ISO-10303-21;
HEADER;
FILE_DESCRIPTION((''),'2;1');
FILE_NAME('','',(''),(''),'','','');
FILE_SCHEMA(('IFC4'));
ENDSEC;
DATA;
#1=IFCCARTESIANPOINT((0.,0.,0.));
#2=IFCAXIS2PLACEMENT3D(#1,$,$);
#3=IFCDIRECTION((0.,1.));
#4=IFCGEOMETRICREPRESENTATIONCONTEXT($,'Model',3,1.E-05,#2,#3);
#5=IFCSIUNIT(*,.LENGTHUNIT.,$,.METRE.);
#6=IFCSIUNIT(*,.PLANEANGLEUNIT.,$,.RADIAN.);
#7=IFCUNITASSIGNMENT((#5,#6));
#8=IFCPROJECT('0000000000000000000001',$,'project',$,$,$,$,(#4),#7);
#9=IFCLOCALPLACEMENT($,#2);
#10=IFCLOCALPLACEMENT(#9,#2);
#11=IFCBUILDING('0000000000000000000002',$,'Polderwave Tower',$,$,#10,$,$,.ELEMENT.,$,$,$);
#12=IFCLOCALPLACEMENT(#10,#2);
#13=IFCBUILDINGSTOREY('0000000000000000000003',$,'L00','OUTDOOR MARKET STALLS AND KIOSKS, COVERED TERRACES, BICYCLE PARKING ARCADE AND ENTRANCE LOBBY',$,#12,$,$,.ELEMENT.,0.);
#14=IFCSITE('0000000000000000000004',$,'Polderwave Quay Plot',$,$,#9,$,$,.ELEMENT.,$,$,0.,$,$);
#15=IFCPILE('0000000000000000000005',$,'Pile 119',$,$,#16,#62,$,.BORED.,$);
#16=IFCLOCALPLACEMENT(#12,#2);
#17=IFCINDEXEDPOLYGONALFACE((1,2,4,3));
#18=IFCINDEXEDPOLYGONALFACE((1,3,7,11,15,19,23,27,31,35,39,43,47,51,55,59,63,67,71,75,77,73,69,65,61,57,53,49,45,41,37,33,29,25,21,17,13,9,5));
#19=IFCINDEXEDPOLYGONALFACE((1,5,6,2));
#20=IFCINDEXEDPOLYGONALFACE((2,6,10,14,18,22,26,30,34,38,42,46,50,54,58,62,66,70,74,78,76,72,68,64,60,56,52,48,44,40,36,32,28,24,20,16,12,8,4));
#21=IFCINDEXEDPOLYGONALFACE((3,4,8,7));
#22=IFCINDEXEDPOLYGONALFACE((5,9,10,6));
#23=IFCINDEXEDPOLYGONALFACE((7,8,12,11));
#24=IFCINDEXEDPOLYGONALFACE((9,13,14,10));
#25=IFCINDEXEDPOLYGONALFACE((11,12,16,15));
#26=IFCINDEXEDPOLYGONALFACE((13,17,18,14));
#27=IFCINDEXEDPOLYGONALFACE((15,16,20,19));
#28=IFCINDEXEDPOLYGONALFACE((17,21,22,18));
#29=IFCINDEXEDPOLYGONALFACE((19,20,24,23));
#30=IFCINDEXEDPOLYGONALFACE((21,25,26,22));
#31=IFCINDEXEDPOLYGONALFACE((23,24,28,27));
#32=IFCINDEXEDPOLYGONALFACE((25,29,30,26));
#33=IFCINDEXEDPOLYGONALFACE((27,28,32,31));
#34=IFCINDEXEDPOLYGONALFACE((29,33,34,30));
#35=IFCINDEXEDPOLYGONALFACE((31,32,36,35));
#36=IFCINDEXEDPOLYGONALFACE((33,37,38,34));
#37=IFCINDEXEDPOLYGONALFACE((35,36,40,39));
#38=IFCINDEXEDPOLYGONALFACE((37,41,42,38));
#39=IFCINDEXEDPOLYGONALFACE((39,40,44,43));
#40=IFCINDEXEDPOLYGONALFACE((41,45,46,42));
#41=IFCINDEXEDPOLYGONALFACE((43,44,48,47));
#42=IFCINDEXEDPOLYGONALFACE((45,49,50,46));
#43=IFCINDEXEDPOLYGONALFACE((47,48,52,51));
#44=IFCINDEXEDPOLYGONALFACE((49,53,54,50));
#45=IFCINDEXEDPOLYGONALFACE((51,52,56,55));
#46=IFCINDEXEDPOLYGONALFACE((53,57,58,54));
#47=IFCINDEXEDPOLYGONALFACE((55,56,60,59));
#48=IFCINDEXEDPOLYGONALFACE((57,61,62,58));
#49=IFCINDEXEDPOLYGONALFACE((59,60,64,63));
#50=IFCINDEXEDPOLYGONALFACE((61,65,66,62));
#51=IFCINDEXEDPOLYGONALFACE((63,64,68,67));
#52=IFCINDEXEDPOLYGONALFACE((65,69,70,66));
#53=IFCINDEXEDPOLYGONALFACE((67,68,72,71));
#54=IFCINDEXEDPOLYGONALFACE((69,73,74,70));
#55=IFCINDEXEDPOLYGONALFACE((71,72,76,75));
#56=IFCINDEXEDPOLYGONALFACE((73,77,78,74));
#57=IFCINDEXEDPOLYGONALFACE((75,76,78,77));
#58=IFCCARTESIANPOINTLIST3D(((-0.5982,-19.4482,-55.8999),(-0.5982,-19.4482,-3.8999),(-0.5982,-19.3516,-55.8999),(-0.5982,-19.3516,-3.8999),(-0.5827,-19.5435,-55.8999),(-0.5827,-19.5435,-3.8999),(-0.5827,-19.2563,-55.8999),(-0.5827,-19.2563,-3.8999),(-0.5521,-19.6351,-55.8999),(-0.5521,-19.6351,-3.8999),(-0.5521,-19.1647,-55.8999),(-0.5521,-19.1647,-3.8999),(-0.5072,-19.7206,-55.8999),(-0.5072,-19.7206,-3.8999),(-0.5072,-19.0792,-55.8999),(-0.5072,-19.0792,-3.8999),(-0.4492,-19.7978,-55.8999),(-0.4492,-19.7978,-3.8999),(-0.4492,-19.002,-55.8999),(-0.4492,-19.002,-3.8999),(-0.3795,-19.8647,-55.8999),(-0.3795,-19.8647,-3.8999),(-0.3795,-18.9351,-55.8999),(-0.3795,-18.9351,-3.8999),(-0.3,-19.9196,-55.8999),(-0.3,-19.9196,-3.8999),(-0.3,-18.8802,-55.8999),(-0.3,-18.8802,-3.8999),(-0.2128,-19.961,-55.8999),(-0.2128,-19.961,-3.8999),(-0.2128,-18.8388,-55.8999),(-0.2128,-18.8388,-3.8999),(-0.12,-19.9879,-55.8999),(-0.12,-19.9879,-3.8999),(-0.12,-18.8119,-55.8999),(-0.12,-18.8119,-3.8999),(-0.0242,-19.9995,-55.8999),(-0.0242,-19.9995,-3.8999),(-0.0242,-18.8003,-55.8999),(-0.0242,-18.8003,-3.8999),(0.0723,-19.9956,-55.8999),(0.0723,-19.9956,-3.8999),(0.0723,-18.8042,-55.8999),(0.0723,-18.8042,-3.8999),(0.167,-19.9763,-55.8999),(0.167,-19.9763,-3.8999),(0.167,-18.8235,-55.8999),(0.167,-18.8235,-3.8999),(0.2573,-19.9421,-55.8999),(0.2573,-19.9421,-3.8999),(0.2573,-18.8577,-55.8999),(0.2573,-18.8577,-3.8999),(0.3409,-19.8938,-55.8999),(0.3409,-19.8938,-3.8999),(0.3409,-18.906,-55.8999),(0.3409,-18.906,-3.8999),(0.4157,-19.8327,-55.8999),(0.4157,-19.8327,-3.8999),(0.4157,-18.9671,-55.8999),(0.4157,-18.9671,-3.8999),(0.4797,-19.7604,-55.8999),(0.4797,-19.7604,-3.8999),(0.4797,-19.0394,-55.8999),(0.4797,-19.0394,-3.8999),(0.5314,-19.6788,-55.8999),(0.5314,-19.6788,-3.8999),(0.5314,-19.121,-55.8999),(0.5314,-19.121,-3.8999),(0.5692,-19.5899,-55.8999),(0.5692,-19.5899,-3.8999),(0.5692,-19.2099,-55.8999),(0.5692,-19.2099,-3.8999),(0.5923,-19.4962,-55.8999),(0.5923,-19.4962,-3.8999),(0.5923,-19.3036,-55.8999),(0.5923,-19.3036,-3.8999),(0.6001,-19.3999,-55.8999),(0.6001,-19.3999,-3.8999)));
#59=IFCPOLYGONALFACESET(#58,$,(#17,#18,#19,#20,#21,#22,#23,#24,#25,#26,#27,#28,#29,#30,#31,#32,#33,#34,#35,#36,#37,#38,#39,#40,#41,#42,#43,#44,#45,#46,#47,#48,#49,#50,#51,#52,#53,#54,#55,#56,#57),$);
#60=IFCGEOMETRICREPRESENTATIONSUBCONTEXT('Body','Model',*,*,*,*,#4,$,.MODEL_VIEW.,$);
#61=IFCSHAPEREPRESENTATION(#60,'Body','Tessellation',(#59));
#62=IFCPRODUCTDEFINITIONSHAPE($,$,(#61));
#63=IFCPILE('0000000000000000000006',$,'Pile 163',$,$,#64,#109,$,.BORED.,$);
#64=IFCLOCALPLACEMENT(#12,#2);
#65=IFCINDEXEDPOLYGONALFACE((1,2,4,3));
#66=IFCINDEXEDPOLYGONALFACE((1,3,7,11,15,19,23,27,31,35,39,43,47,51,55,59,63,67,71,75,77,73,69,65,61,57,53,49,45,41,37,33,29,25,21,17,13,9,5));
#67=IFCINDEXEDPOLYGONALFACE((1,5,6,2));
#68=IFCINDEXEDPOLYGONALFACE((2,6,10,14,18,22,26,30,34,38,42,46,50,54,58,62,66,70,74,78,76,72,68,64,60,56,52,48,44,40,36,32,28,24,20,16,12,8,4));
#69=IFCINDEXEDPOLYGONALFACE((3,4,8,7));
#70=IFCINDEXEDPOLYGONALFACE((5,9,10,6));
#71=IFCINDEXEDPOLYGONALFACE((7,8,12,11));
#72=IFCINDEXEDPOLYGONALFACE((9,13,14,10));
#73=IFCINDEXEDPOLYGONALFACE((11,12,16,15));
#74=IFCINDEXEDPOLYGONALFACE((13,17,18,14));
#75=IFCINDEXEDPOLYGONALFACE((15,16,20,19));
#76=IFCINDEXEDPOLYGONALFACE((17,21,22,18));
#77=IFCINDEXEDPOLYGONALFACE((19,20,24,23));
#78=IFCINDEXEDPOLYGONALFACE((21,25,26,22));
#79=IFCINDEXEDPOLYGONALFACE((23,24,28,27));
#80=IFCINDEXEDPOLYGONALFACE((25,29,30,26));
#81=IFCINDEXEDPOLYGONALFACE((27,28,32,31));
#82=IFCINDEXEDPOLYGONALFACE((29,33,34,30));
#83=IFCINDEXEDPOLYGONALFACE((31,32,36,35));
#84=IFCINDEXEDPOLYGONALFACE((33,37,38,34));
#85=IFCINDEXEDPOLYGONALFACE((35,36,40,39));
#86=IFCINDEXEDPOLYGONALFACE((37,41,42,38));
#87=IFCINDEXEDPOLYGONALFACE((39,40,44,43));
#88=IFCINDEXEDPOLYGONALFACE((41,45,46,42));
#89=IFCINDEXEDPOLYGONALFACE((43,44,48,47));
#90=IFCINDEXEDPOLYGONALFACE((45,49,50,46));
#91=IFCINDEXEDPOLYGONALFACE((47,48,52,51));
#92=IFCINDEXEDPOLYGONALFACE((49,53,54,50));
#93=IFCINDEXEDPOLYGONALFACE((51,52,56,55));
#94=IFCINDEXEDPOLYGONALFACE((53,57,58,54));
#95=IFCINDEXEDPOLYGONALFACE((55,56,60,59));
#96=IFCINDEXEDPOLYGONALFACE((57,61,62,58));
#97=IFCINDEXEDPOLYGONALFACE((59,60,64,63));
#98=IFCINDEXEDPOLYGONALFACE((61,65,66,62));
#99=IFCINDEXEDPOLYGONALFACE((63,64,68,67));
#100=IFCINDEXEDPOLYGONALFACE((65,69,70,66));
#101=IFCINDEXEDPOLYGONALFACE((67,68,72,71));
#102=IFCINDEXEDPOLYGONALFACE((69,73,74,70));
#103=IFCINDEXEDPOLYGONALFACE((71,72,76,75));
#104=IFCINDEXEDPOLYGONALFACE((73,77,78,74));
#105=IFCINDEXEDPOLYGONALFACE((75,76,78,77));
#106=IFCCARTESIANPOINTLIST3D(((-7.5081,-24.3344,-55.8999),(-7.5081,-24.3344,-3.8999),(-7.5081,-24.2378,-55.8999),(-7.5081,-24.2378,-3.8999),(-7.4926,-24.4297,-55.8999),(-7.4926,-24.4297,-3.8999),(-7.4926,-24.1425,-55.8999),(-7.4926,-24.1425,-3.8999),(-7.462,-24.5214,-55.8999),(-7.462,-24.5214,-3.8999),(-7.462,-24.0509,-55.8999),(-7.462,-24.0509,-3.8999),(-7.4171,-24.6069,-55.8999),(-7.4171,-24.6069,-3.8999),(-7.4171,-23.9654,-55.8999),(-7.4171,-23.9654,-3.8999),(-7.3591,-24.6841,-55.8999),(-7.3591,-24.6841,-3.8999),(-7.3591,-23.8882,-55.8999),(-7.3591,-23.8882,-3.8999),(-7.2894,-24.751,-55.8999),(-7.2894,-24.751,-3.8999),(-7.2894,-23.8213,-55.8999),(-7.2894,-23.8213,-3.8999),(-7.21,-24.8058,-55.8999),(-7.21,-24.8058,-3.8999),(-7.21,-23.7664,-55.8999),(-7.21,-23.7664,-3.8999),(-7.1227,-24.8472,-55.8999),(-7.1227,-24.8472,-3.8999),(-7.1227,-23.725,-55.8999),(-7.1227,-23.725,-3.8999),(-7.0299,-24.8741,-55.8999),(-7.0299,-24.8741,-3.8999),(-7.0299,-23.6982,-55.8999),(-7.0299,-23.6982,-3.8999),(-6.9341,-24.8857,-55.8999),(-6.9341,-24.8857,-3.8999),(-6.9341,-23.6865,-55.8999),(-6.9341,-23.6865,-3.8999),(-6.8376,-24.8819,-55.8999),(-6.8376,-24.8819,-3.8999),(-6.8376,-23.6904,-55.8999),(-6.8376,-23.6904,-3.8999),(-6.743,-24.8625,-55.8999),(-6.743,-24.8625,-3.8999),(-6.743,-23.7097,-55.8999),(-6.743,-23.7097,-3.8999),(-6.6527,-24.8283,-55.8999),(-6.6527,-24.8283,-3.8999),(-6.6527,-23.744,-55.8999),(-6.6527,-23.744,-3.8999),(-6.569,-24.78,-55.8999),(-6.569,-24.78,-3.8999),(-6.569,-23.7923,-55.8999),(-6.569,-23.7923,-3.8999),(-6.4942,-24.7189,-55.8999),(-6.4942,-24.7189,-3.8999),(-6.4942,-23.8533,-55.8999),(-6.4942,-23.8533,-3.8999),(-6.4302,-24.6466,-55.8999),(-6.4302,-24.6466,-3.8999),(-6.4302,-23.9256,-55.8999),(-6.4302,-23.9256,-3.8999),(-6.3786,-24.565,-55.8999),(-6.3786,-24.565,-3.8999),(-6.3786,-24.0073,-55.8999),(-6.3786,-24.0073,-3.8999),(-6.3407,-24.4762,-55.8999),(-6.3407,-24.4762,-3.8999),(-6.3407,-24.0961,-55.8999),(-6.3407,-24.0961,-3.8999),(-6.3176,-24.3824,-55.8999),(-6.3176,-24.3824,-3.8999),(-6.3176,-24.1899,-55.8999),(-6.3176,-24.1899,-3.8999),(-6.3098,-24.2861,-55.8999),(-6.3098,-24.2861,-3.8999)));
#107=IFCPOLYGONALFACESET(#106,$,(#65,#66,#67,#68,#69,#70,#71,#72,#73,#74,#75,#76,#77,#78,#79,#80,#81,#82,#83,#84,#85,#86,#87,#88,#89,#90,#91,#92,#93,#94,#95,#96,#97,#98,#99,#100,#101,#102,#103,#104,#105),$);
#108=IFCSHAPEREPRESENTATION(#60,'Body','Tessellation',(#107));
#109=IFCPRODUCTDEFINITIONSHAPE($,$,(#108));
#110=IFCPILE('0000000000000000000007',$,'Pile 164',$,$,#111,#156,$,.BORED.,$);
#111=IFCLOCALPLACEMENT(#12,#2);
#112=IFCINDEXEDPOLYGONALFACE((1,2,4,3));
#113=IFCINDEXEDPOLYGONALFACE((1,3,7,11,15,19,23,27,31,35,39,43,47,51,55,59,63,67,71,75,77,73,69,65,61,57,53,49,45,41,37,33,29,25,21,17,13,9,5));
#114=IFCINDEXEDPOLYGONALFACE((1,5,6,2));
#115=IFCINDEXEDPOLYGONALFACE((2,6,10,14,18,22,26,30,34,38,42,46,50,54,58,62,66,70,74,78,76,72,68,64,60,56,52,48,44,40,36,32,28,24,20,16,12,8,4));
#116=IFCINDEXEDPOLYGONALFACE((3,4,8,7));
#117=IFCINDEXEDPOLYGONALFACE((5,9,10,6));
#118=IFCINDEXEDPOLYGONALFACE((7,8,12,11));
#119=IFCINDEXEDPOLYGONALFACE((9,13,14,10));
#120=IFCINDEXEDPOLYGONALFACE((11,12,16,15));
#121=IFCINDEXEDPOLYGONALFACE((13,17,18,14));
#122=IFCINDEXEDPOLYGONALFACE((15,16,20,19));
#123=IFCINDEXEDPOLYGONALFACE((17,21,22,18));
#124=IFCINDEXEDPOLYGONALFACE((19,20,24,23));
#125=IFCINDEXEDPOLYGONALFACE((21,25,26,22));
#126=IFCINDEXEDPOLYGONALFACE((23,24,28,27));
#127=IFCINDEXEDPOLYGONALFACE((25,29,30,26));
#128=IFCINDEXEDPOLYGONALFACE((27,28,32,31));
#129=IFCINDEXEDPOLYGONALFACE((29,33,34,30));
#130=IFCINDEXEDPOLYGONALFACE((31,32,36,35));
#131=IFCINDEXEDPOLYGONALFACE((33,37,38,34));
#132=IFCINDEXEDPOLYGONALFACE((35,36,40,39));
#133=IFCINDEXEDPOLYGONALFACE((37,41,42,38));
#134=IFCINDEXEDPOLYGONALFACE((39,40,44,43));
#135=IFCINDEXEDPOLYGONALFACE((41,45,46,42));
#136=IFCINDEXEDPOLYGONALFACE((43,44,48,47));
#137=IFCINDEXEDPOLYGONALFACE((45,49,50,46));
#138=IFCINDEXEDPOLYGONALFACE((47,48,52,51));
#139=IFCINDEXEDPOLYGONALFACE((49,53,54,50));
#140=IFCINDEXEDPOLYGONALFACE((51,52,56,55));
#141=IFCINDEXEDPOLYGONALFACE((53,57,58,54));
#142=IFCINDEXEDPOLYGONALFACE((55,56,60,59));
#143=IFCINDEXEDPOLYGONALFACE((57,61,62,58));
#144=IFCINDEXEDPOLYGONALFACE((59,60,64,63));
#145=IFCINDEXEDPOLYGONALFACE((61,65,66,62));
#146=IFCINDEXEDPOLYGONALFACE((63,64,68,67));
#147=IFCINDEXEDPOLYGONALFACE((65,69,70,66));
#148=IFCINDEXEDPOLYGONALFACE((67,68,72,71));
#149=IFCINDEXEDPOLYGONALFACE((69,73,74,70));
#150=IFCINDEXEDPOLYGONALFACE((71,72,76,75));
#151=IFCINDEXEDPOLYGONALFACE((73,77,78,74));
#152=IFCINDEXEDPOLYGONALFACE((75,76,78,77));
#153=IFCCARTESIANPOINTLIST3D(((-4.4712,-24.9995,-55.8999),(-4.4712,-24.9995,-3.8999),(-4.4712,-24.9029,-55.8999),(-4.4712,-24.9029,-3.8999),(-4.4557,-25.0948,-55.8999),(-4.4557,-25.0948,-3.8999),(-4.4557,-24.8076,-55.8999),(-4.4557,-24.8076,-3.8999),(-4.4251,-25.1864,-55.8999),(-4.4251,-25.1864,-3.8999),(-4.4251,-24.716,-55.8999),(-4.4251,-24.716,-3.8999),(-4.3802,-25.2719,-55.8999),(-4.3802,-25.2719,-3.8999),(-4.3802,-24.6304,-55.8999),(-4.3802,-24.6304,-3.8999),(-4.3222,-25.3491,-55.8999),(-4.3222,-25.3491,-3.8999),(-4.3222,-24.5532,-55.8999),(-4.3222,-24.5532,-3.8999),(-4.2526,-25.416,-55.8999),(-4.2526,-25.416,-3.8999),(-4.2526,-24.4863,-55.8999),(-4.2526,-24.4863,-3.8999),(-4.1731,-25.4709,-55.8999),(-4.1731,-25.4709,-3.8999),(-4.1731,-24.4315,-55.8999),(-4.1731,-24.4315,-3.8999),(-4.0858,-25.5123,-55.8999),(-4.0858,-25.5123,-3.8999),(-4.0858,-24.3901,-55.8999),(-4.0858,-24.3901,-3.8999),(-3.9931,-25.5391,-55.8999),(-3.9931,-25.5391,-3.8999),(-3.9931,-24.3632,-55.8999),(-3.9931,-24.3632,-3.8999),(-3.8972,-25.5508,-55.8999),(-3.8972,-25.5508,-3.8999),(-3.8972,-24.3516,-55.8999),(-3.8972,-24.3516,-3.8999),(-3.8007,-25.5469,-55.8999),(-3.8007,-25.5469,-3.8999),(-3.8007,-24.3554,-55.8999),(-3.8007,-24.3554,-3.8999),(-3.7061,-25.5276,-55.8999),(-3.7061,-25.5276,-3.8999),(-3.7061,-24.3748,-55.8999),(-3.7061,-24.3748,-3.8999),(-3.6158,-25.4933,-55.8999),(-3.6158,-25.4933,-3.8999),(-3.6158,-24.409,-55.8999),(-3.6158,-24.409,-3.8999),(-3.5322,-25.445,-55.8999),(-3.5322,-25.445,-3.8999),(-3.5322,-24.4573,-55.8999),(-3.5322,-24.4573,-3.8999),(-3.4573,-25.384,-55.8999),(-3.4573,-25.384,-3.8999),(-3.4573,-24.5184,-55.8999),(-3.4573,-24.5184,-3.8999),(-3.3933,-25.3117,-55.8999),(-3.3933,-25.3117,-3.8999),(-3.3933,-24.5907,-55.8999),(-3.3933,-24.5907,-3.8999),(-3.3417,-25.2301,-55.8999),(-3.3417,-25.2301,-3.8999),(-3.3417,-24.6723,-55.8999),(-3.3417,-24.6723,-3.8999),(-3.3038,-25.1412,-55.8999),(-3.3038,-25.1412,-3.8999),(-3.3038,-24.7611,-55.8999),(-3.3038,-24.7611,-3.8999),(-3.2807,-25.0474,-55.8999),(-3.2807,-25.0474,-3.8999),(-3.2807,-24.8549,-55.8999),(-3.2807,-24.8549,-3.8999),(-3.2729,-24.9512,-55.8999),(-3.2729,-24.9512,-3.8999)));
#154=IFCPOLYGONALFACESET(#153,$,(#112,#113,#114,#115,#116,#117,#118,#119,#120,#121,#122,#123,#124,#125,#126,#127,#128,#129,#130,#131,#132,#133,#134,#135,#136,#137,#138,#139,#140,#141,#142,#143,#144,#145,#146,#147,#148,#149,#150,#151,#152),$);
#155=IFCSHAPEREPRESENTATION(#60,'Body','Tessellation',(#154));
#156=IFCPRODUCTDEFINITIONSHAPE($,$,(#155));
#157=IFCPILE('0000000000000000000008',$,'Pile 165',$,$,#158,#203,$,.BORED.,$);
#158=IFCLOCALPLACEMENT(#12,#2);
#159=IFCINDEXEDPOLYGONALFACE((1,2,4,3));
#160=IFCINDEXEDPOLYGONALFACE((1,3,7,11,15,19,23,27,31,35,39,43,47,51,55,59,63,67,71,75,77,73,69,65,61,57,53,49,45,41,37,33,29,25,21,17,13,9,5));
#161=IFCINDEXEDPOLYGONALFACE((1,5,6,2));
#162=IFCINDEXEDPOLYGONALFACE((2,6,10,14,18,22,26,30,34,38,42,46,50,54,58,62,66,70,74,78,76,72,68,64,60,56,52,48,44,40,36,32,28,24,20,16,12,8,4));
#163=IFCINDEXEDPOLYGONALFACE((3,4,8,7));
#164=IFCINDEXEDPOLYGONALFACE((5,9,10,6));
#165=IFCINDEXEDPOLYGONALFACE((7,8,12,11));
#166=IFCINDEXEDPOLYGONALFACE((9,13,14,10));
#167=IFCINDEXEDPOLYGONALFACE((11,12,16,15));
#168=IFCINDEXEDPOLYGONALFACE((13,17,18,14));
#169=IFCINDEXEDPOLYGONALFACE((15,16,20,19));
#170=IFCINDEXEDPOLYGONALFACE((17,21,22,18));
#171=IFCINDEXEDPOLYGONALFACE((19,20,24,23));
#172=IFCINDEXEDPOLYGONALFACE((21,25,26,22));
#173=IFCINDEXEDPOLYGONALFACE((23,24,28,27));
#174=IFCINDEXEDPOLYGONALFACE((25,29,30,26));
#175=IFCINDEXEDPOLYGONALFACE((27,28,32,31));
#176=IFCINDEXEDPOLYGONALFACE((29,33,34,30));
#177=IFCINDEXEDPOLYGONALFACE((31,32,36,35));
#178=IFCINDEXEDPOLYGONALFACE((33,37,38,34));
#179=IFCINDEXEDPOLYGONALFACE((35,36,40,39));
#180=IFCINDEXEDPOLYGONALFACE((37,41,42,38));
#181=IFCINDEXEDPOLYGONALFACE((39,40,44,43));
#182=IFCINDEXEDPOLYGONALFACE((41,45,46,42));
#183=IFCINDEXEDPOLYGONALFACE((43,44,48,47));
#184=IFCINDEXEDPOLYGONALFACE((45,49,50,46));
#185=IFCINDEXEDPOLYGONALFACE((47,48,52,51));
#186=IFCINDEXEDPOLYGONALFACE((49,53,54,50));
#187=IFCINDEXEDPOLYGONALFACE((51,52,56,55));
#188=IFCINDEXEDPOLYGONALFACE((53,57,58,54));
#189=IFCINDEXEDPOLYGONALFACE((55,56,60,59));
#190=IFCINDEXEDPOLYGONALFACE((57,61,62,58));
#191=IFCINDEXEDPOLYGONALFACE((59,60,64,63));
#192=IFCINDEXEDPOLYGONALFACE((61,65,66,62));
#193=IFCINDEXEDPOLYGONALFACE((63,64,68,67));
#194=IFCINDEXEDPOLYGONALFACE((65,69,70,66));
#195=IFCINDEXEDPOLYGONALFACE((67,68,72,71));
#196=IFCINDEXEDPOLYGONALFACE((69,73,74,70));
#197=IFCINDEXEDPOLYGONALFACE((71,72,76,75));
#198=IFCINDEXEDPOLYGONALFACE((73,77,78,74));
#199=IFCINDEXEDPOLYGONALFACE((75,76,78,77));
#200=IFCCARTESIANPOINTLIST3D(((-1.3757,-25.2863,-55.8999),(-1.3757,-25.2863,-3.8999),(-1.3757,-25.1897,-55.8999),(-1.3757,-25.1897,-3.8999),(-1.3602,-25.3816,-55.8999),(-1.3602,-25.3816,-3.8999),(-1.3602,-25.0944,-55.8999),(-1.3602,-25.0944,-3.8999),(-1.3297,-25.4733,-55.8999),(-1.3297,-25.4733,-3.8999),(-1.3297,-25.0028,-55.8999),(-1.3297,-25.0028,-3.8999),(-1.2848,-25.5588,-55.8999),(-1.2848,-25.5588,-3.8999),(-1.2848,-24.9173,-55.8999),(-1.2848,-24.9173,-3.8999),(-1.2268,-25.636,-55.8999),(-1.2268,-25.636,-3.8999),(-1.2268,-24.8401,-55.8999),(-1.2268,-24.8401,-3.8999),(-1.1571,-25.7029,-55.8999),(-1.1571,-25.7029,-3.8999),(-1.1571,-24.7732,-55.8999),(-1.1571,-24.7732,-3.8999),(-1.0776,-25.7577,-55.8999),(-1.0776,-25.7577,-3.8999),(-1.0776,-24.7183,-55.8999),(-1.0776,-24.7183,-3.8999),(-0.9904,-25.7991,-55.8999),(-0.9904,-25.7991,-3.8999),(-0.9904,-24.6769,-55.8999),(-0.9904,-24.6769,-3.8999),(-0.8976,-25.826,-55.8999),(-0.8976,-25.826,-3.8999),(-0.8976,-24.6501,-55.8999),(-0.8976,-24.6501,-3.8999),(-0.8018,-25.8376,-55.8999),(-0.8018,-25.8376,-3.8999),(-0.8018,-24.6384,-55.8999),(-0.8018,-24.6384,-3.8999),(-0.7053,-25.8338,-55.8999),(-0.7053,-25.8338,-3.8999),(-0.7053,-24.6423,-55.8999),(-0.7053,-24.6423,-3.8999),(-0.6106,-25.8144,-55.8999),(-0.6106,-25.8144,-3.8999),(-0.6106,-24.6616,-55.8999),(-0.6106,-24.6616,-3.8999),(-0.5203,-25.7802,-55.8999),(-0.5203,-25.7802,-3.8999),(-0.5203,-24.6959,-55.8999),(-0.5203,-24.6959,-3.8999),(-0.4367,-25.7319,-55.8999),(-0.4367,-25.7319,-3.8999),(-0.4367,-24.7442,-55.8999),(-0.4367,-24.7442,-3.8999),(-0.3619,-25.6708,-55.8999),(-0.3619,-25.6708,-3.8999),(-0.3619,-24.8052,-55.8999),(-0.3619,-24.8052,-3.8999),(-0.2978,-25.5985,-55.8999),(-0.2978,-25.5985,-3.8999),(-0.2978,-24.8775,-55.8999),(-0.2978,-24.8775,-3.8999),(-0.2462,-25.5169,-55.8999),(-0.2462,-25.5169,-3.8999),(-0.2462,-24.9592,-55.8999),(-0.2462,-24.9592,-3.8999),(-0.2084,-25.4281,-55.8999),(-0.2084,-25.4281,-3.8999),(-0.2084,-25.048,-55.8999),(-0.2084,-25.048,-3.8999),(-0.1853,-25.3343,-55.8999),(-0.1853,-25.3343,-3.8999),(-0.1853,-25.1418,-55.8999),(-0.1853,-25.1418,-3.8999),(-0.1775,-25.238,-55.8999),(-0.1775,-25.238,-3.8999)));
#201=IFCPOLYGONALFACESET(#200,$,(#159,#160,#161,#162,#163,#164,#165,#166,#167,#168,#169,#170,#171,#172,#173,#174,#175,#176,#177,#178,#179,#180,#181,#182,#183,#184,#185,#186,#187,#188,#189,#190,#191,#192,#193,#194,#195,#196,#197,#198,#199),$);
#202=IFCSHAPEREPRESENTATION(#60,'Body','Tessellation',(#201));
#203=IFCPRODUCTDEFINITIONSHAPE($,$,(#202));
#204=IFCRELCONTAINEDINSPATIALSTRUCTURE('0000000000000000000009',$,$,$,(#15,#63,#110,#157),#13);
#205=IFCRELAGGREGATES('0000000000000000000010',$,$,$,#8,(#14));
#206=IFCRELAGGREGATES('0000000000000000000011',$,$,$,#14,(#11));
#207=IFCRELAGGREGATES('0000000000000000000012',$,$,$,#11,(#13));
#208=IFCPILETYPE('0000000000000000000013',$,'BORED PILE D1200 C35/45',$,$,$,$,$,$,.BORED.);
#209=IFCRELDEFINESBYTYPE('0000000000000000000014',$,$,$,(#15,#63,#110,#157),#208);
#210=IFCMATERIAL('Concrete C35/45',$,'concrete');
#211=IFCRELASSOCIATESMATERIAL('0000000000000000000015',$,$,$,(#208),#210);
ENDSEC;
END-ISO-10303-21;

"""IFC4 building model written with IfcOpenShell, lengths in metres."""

from ifc_helpers import new_model, si_unit, direction, frame, origin, origin_2d, place, context, subcontext, project, spatial, circle, extrude, material, material_profile, profile_set, type_object, element, save


model = new_model("IFC4")

# Units and contexts
model_context = context("Model", 3, precision=1e-05, world=origin(), true_north=direction((0.0, 1.0)))
body_context = subcontext(model_context, "Body", "Model", "MODEL_VIEW")
ifc_project = project(units=[si_unit("LENGTHUNIT", "METRE"), si_unit("PLANEANGLEUNIT", "RADIAN")], contexts=[model_context])

# Site, building, storey
site_placement = place(None, origin())
site = spatial("IfcSite", under=ifc_project, at=site_placement, Name="Polderwave Quay Plot", CompositionType="ELEMENT", RefElevation=0.0)
building_placement = place(site_placement, origin())
building = spatial("IfcBuilding", under=site, at=building_placement, Name="Polderwave Tower", CompositionType="ELEMENT")
storey_placement = place(building_placement, origin())
storey = spatial("IfcBuildingStorey", under=building, at=storey_placement, Name="L00", Description="OUTDOOR MARKET STALLS AND KIOSKS, COVERED TERRACES, BICYCLE PARKING ARCADE AND ENTRANCE LOBBY", CompositionType="ELEMENT", Elevation=0.0)

# Piles
ifc_material_1 = material(Name="Concrete C35/45", Category="concrete")
ifc_material_profile_1 = material_profile(ifc_material_1, circle(Radius=0.6001, at=origin_2d()), Name="BORED D1200")
ifc_profile_set_1 = profile_set([ifc_material_profile_1], Name="Concrete C35/45")
pile_type = type_object("IfcPileType", Name="BORED PILE D1200 C35/45", PredefinedType="BORED", material=ifc_profile_set_1)
for number, where, z_axis, x_axis, name in (
    (1, (0.0, -19.3999, -3.8999), (0.0, 0.0, -1.0), (1.0, 0.0, 0.0), "Pile 119"),
    (2, (-6.9099, -24.2861, -3.8999), (0.0, 0.0, -1.0), (1.0, 0.0, 0.0), "Pile 163"),
    (3, (-3.873, -24.9512, -3.8999), (0.0, 0.0, -1.0), (1.0, 0.0, 0.0), "Pile 164"),
    (4, (-0.7776, -25.238, -3.8999), (0.0, 0.0, -1.0), (1.0, 0.0, 0.0), "Pile 165"),
):
    element("IfcPile", number, at=place(storey_placement, frame(where, z_axis=z_axis, x_axis=x_axis)), inside=storey, type_object=pile_type, Name=name, PredefinedType="BORED", context=body_context, shape_type="SweptSolid", body=[
        extrude(circle(Radius=0.6001, at=origin_2d()), origin(), (0.0, 0.0, 1.0), 52.0),
    ])

save(model, "model.ifc")
